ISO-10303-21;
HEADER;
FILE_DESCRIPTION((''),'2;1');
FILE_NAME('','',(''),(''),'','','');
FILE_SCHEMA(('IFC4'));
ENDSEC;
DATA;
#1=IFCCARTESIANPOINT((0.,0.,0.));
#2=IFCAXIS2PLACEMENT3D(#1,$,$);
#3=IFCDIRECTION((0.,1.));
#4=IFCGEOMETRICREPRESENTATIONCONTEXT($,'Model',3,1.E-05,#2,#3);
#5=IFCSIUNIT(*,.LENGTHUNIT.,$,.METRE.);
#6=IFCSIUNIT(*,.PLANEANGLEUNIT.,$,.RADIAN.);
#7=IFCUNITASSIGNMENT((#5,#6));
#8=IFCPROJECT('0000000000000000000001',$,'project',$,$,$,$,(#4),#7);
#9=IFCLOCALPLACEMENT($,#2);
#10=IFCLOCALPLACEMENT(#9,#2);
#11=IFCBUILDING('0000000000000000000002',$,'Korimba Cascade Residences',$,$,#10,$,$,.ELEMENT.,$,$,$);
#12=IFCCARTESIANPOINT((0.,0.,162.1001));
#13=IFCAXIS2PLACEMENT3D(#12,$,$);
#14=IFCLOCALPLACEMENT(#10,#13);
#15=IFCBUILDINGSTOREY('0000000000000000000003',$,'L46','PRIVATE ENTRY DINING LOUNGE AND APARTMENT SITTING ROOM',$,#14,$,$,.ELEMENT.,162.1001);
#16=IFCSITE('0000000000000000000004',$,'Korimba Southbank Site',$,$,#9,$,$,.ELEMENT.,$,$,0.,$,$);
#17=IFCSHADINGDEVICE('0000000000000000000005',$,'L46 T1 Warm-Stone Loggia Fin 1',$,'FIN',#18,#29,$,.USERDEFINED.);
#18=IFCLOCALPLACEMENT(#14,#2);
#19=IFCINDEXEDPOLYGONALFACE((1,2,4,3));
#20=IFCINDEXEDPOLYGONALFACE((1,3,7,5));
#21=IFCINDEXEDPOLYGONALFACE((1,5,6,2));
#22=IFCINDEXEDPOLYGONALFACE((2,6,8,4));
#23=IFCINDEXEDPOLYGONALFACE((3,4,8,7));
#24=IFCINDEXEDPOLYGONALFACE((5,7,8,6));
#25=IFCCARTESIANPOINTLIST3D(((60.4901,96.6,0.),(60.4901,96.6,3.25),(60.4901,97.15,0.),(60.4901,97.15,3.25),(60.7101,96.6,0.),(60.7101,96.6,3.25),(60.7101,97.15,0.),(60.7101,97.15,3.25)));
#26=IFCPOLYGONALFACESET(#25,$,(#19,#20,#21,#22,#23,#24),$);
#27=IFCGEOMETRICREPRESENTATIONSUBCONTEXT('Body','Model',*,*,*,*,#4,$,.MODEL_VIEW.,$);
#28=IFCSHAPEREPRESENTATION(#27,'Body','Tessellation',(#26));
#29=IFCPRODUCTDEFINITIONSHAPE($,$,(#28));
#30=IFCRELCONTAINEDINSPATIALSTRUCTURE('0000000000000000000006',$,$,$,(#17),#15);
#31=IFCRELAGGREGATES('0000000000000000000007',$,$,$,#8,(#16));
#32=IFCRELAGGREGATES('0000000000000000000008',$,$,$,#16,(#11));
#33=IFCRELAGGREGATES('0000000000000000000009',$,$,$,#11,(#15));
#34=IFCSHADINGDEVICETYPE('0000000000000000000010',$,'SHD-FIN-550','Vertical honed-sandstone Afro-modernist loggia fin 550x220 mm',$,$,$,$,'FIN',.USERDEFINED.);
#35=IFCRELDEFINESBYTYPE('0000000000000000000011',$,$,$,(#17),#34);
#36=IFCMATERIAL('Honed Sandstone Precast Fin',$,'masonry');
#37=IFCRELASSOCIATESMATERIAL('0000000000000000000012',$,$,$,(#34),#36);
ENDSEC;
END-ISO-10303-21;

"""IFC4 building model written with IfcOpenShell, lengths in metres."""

from ifc_helpers import new_model, si_unit, direction, frame, origin, origin_2d, place, context, subcontext, project, spatial, rectangle, extrude, material, type_object, element, save


model = new_model("IFC4")

# Units and contexts
model_context = context("Model", 3, precision=1e-05, world=origin(), true_north=direction((0.0, 1.0)))
body_context = subcontext(model_context, "Body", "Model", "MODEL_VIEW")
ifc_project = project(units=[si_unit("LENGTHUNIT", "METRE"), si_unit("PLANEANGLEUNIT", "RADIAN")], contexts=[model_context])

# Site, building, storey
site_placement = place(None, origin())
site = spatial("IfcSite", under=ifc_project, at=site_placement, Name="Korimba Southbank Site", CompositionType="ELEMENT", RefElevation=0.0)
building_placement = place(site_placement, origin())
building = spatial("IfcBuilding", under=site, at=building_placement, Name="Korimba Cascade Residences", CompositionType="ELEMENT")
storey_placement = place(building_placement, frame((0.0, 0.0, 162.1001)))
storey = spatial("IfcBuildingStorey", under=building, at=storey_placement, Name="L46", Description="PRIVATE ENTRY DINING LOUNGE AND APARTMENT SITTING ROOM", CompositionType="ELEMENT", Elevation=162.1001)

# Shading device
ifc_material_1 = material(Name="Honed Sandstone Precast Fin", Category="masonry")
shading_device_type = type_object("IfcShadingDeviceType", Name="SHD-FIN-550", Description="Vertical honed-sandstone Afro-modernist loggia fin 550x220 mm", ElementType="FIN", PredefinedType="USERDEFINED", material=ifc_material_1)
shading_device_placement = place(storey_placement, frame((60.6001, 96.875, 0.0), z_axis=(0.0, 0.0, 1.0), x_axis=(1.0, 0.0, 0.0)))
element("IfcShadingDevice", 1, at=shading_device_placement, inside=storey, type_object=shading_device_type, Name="L46 T1 Warm-Stone Loggia Fin 1", ObjectType="FIN", PredefinedType="USERDEFINED", context=body_context, shape_type="SweptSolid", body=[
    extrude(rectangle(XDim=0.22, YDim=0.55, at=origin_2d()), origin(), (0.0, 0.0, 1.0), 3.25),
])

save(model, "model.ifc")
